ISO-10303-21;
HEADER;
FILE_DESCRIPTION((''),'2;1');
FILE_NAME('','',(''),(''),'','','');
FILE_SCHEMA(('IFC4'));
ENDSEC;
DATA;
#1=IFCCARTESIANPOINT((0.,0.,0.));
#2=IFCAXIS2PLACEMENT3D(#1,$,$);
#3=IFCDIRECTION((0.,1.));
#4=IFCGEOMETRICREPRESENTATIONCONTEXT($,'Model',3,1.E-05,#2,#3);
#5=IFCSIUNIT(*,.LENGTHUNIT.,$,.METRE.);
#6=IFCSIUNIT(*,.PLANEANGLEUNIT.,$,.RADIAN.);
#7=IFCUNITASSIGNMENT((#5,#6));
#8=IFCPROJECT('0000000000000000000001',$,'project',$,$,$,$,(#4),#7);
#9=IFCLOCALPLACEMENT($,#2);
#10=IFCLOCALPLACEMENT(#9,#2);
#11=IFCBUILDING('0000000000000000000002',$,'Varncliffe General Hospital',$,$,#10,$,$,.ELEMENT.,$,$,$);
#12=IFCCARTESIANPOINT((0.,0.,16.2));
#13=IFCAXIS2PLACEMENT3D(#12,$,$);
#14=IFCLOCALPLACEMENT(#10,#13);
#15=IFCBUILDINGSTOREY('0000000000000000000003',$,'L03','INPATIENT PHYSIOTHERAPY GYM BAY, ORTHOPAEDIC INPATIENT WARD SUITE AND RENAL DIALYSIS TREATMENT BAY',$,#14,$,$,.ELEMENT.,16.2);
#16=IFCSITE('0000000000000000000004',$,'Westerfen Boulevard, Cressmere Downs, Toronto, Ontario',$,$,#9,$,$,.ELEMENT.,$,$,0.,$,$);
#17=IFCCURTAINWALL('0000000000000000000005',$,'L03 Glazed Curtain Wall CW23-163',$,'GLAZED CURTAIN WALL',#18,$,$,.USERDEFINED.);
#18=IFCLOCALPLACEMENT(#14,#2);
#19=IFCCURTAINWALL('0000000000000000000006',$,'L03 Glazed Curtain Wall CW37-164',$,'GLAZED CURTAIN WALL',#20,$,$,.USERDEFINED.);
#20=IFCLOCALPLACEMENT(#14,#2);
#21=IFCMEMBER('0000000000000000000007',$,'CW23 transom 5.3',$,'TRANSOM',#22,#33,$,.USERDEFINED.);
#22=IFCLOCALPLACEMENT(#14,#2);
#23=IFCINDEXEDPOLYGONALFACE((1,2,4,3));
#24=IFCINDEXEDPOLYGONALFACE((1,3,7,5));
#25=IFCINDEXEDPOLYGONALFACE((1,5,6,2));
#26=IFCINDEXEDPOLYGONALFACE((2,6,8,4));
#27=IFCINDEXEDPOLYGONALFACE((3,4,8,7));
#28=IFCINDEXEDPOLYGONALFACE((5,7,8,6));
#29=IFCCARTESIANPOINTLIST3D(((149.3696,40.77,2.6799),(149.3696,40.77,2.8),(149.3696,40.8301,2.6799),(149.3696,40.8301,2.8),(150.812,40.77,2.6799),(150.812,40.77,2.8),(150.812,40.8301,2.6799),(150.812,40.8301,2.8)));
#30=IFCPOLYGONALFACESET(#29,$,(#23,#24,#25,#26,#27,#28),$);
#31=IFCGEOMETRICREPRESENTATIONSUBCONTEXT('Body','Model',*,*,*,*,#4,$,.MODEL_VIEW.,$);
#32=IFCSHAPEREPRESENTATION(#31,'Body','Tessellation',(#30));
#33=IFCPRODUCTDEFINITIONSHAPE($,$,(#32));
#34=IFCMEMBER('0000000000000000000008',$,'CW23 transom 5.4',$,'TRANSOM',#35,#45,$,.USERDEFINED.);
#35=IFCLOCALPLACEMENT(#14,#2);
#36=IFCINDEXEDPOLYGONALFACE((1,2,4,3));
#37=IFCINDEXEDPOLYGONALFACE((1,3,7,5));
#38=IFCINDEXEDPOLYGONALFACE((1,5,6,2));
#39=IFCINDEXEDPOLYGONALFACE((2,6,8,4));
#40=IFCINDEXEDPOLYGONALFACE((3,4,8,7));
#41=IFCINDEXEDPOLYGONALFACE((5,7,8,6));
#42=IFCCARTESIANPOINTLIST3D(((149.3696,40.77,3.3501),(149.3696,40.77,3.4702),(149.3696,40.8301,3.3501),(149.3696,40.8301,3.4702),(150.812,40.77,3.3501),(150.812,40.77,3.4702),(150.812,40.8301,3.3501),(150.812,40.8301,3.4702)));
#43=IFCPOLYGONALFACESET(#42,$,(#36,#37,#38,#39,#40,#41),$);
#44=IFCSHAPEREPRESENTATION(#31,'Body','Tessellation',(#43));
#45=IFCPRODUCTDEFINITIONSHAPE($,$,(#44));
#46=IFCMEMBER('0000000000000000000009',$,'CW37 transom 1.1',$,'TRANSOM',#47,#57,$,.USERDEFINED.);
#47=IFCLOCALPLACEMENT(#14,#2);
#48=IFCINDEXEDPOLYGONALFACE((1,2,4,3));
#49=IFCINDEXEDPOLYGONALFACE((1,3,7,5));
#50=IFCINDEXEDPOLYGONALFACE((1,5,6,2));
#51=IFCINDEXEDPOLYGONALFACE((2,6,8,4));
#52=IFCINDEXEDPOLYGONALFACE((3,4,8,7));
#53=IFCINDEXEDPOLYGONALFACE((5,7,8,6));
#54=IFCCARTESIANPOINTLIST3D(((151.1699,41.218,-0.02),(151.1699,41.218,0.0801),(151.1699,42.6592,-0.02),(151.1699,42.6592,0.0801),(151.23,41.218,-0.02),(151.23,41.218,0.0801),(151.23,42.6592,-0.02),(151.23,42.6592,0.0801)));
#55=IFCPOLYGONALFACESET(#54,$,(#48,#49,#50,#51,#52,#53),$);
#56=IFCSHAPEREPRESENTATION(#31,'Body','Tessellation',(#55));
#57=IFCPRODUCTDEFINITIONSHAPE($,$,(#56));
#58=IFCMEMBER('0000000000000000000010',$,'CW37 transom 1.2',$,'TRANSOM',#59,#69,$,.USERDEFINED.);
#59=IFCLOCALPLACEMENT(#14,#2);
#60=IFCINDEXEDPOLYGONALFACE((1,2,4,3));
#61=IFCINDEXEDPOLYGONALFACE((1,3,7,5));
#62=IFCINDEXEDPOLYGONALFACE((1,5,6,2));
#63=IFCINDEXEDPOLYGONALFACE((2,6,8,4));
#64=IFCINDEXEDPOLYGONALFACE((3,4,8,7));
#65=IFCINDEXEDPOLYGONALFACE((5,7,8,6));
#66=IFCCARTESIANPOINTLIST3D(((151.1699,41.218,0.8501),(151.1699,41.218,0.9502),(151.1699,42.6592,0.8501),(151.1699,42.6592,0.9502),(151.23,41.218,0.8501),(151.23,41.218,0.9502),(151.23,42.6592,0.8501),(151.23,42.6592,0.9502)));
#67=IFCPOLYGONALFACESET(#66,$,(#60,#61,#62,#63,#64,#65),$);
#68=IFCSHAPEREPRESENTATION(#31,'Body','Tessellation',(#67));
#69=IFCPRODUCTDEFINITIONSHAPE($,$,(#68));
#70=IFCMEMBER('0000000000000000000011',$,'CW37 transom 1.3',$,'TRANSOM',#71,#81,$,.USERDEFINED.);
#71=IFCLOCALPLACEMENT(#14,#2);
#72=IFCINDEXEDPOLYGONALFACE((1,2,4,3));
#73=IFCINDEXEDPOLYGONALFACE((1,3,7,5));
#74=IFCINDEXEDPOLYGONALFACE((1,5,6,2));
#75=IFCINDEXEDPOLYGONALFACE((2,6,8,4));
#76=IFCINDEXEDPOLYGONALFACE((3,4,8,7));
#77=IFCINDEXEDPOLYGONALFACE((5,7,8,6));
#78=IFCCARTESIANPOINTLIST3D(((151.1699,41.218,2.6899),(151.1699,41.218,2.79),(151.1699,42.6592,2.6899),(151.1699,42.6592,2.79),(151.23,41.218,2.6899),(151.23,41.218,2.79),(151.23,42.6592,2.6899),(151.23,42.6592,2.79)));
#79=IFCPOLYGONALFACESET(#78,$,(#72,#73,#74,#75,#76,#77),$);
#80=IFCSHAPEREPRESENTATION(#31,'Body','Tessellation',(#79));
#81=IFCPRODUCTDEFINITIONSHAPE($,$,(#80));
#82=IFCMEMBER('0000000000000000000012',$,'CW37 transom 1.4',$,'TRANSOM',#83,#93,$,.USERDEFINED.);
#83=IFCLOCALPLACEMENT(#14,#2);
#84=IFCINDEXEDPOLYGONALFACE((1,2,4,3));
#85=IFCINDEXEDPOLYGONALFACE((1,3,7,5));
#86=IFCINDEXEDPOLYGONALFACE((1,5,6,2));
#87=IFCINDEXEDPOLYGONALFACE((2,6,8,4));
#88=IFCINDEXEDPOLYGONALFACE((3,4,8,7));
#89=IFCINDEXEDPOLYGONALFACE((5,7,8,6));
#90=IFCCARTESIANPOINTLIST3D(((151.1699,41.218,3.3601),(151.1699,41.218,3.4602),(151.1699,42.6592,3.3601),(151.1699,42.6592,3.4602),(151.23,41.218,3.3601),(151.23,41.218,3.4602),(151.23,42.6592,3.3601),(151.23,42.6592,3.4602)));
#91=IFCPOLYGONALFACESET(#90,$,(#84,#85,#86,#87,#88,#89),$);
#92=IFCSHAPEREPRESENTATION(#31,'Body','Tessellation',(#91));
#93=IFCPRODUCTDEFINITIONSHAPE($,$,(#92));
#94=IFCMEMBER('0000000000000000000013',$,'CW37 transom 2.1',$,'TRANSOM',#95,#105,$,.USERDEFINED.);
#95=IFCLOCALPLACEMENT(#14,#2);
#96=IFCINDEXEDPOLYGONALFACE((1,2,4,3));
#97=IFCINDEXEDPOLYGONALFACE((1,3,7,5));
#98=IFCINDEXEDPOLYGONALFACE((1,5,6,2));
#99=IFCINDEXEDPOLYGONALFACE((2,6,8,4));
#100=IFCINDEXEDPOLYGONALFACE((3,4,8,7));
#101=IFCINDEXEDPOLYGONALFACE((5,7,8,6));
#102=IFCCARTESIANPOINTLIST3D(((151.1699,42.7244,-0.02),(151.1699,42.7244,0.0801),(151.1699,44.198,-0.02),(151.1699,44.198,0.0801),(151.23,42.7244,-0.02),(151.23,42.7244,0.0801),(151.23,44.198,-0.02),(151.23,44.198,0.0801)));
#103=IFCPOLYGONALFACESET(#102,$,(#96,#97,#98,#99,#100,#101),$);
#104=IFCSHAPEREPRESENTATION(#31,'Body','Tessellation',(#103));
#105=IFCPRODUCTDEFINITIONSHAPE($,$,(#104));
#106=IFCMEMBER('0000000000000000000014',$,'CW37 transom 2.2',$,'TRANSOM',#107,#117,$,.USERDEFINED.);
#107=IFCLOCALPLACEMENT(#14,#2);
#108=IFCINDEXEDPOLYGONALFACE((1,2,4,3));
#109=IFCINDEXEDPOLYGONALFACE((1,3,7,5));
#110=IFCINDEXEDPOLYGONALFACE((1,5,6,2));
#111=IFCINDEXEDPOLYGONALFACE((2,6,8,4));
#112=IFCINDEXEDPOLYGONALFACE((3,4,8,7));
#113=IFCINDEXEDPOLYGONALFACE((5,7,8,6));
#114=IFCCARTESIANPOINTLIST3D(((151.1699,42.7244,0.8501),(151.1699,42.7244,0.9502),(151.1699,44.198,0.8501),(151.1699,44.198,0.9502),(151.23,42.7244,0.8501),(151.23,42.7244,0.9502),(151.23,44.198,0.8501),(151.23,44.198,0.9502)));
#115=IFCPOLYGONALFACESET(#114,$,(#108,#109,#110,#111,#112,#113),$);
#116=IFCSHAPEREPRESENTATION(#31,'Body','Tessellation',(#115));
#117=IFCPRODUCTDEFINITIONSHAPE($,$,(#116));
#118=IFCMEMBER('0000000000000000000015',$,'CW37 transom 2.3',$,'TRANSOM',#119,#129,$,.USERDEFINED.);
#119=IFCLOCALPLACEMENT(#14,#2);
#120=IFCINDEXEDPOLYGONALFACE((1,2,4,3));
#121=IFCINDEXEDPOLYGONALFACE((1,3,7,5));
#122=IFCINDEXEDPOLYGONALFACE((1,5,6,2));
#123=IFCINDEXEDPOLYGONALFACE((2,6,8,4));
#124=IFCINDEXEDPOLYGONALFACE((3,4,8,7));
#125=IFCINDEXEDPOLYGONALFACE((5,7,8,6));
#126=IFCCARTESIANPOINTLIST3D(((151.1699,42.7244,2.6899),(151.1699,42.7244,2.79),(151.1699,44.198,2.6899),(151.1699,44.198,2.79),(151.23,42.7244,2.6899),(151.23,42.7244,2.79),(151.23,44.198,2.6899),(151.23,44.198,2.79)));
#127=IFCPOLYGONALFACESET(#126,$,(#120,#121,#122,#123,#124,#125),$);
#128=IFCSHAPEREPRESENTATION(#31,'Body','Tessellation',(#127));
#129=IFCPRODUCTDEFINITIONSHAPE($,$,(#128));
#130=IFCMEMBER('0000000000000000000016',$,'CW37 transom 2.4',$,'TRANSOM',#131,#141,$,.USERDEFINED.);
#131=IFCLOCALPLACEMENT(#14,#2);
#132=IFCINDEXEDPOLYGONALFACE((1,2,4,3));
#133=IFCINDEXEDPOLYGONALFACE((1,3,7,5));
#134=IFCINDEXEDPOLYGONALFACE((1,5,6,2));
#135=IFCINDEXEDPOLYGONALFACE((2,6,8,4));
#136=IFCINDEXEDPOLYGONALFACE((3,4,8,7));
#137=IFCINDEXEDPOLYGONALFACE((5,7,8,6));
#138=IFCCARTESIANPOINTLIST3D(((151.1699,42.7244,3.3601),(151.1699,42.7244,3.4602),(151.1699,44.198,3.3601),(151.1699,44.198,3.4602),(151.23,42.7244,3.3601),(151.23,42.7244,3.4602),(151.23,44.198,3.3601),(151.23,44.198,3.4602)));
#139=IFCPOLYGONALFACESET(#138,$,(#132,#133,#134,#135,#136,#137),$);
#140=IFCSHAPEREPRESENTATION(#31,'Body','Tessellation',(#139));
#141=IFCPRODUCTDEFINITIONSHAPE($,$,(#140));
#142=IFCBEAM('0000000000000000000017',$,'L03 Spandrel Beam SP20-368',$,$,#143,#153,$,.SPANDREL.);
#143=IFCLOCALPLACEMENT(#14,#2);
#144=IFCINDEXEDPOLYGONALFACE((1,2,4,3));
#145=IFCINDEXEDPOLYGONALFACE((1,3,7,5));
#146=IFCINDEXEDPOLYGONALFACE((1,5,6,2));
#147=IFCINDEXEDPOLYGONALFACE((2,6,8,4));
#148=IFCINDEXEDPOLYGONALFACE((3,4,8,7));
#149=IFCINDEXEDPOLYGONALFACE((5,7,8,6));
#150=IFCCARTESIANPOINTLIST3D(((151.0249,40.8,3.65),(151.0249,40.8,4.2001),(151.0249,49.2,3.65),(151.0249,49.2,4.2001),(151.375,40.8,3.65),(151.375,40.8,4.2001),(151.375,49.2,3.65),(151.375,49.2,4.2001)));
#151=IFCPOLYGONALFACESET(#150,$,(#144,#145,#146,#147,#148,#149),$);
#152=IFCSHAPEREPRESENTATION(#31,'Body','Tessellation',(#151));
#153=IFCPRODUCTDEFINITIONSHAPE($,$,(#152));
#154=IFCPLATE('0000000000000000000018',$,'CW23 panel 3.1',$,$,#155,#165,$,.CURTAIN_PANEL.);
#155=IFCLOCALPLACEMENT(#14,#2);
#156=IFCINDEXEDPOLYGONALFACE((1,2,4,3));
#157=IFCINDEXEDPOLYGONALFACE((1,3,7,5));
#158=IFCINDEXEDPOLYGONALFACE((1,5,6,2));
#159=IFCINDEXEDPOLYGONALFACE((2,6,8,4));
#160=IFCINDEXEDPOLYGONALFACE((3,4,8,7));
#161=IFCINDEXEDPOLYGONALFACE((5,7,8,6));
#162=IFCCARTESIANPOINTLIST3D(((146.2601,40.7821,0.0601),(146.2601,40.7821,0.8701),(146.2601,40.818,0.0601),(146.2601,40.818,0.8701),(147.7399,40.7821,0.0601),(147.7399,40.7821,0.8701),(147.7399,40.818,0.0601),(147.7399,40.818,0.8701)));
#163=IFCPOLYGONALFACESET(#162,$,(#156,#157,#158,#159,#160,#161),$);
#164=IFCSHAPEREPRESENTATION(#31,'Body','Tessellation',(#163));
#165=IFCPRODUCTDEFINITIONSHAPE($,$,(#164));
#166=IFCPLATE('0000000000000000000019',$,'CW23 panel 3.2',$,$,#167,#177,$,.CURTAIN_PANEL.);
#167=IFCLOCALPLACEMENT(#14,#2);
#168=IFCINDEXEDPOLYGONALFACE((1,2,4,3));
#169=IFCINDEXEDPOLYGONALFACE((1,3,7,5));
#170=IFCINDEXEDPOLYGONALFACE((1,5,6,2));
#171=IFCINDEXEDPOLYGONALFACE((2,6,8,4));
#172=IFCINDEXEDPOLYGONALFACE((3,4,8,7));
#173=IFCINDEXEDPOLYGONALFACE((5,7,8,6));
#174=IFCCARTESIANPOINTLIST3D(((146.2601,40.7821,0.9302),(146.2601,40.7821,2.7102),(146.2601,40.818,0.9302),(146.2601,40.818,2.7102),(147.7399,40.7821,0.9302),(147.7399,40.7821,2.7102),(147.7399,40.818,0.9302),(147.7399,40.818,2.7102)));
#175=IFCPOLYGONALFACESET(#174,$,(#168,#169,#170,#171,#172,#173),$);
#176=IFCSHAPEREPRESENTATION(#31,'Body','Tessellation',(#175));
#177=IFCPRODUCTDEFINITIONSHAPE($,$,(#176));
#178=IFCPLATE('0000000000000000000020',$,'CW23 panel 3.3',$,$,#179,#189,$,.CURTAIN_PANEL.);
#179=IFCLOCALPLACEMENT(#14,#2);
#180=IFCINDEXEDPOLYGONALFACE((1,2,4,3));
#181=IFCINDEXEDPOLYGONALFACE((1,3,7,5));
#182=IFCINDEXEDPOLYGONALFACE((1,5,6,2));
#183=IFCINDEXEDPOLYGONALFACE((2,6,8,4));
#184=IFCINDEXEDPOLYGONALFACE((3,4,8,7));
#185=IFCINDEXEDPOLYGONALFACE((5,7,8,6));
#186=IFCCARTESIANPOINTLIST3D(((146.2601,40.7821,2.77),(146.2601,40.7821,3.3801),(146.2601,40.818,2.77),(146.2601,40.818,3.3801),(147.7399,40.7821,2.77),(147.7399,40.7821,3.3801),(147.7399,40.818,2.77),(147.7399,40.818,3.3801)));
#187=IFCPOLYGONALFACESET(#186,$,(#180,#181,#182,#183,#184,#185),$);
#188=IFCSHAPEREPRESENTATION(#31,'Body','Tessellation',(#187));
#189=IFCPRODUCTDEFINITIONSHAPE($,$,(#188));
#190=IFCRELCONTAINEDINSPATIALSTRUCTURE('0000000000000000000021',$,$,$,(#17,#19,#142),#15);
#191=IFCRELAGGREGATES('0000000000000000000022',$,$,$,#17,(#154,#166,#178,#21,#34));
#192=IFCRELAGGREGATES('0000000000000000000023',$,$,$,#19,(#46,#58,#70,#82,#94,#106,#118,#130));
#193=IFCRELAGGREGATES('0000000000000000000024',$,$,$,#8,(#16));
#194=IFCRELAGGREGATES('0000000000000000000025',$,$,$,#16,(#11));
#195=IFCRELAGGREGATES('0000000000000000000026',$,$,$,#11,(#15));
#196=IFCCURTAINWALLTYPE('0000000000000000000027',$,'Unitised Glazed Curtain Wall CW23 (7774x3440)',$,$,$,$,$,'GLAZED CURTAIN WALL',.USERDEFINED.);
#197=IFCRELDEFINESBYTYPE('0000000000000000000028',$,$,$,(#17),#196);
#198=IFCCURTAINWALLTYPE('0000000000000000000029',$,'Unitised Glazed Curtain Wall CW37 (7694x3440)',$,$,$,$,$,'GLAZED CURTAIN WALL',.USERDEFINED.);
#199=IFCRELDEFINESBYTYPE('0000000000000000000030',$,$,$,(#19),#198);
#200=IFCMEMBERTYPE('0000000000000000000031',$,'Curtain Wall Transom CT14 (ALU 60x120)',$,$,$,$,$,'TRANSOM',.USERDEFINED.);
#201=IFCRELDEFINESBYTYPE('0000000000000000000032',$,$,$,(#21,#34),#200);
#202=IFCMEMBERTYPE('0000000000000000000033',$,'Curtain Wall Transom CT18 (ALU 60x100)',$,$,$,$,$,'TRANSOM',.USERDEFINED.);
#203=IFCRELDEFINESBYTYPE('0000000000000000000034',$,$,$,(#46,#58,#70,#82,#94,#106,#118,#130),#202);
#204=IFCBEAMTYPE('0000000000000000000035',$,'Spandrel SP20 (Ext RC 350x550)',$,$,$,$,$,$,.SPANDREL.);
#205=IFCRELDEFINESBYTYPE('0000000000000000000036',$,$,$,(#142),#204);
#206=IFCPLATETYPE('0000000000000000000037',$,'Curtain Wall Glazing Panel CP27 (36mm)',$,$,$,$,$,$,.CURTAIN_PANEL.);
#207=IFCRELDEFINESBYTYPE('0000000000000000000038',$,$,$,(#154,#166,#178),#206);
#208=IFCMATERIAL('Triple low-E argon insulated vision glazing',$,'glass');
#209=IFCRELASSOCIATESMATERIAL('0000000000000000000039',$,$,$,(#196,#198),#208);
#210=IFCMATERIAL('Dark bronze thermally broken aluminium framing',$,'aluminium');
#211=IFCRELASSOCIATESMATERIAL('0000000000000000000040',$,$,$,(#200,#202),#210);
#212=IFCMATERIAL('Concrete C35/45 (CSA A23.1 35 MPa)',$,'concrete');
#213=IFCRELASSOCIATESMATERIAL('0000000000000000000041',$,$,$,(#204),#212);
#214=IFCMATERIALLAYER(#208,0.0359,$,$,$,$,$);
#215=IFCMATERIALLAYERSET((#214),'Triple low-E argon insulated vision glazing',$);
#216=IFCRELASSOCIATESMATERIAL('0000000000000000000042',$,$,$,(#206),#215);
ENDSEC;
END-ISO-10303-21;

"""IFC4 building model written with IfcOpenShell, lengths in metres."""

from ifc_helpers import new_model, si_unit, direction, frame, origin, origin_2d, place, context, subcontext, project, spatial, rectangle, extrude, material, layer, layer_set, material_profile, profile_set, type_object, element, aggregate, save


model = new_model("IFC4")

# Units and contexts
model_context = context("Model", 3, precision=1e-05, world=origin(), true_north=direction((0.0, 1.0)))
body_context = subcontext(model_context, "Body", "Model", "MODEL_VIEW")
ifc_project = project(units=[si_unit("LENGTHUNIT", "METRE"), si_unit("PLANEANGLEUNIT", "RADIAN")], contexts=[model_context])

# Site, building, storey
site_placement = place(None, origin())
site = spatial("IfcSite", under=ifc_project, at=site_placement, Name="Westerfen Boulevard, Cressmere Downs, Toronto, Ontario", CompositionType="ELEMENT", RefElevation=0.0)
building_placement = place(site_placement, origin())
building = spatial("IfcBuilding", under=site, at=building_placement, Name="Varncliffe General Hospital", CompositionType="ELEMENT")
storey_placement = place(building_placement, frame((0.0, 0.0, 16.2)))
storey = spatial("IfcBuildingStorey", under=building, at=storey_placement, Name="L03", Description="INPATIENT PHYSIOTHERAPY GYM BAY, ORTHOPAEDIC INPATIENT WARD SUITE AND RENAL DIALYSIS TREATMENT BAY", CompositionType="ELEMENT", Elevation=16.2)

# Shared definitions
ifc_material_1 = material(Name="Concrete C35/45 (CSA A23.1 35 MPa)", Category="concrete")

# Curtain walls
ifc_material_2 = material(Name="Triple low-E argon insulated vision glazing", Category="glass")
curtain_wall_type_1 = type_object("IfcCurtainWallType", Name="Unitised Glazed Curtain Wall CW23 (7774x3440)", ElementType="GLAZED CURTAIN WALL", PredefinedType="USERDEFINED", material=ifc_material_2)
curtain_wall_1_placement = place(storey_placement, origin())
curtain_wall_1 = element("IfcCurtainWall", 1, at=curtain_wall_1_placement, inside=storey, type_object=curtain_wall_type_1, Name="L03 Glazed Curtain Wall CW23-163", ObjectType="GLAZED CURTAIN WALL", PredefinedType="USERDEFINED")
ifc_material_3 = material(Name="Dark bronze thermally broken aluminium framing", Category="aluminium")
curtain_wall_type_2 = type_object("IfcCurtainWallType", Name="Unitised Glazed Curtain Wall CW37 (7694x3440)", ElementType="GLAZED CURTAIN WALL", PredefinedType="USERDEFINED", material=ifc_material_2)
curtain_wall_2_placement = place(storey_placement, origin())
curtain_wall_2 = element("IfcCurtainWall", 2, at=curtain_wall_2_placement, inside=storey, type_object=curtain_wall_type_2, Name="L03 Glazed Curtain Wall CW37-164", ObjectType="GLAZED CURTAIN WALL", PredefinedType="USERDEFINED")

# Members
ifc_material_profile_1 = material_profile(ifc_material_3, rectangle(XDim=0.0601, YDim=0.1201, at=origin_2d()), Name="ALU 60x120")
ifc_profile_set_1 = profile_set([ifc_material_profile_1], Name="Dark bronze thermally broken aluminium framing")
member_type_1 = type_object("IfcMemberType", Name="Curtain Wall Transom CT14 (ALU 60x120)", ElementType="TRANSOM", PredefinedType="USERDEFINED", material=ifc_profile_set_1)
member_1_placement = place(storey_placement, frame((149.3696, 40.8, 2.74), z_axis=(1.0, 0.0, 0.0), x_axis=(0.0, 1.0, 0.0)))
member_1 = element("IfcMember", 3, at=member_1_placement, type_object=member_type_1, Name="CW23 transom 5.3", ObjectType="TRANSOM", PredefinedType="USERDEFINED", context=body_context, shape_type="SweptSolid", body=[
    extrude(rectangle(XDim=0.0601, YDim=0.1201, at=origin_2d()), origin(), (0.0, 0.0, 1.0), 1.4424),
])
member_2_placement = place(storey_placement, frame((149.3696, 40.8, 3.4102), z_axis=(1.0, 0.0, 0.0), x_axis=(0.0, 1.0, 0.0)))
member_2 = element("IfcMember", 4, at=member_2_placement, type_object=member_type_1, Name="CW23 transom 5.4", ObjectType="TRANSOM", PredefinedType="USERDEFINED", context=body_context, shape_type="SweptSolid", body=[
    extrude(rectangle(XDim=0.0601, YDim=0.1201, at=origin_2d()), origin(), (0.0, 0.0, 1.0), 1.4424),
])
ifc_material_profile_2 = material_profile(ifc_material_3, rectangle(XDim=0.0601, YDim=0.1001, at=origin_2d()), Name="ALU 60x100")
ifc_profile_set_2 = profile_set([ifc_material_profile_2], Name="Dark bronze thermally broken aluminium framing")
member_type_2 = type_object("IfcMemberType", Name="Curtain Wall Transom CT18 (ALU 60x100)", ElementType="TRANSOM", PredefinedType="USERDEFINED", material=ifc_profile_set_2)
member_3_placement = place(storey_placement, frame((151.2, 41.218, 0.03), z_axis=(0.0, 1.0, 0.0), x_axis=(-1.0, 0.0, 0.0)))
member_3 = element("IfcMember", 5, at=member_3_placement, type_object=member_type_2, Name="CW37 transom 1.1", ObjectType="TRANSOM", PredefinedType="USERDEFINED", context=body_context, shape_type="SweptSolid", body=[
    extrude(rectangle(XDim=0.0601, YDim=0.1001, at=origin_2d()), origin(), (0.0, 0.0, 1.0), 1.4412),
])
member_4_placement = place(storey_placement, frame((151.2, 41.218, 0.9001), z_axis=(0.0, 1.0, 0.0), x_axis=(-1.0, 0.0, 0.0)))
member_4 = element("IfcMember", 6, at=member_4_placement, type_object=member_type_2, Name="CW37 transom 1.2", ObjectType="TRANSOM", PredefinedType="USERDEFINED", context=body_context, shape_type="SweptSolid", body=[
    extrude(rectangle(XDim=0.0601, YDim=0.1001, at=origin_2d()), origin(), (0.0, 0.0, 1.0), 1.4412),
])
member_5_placement = place(storey_placement, frame((151.2, 41.218, 2.74), z_axis=(0.0, 1.0, 0.0), x_axis=(-1.0, 0.0, 0.0)))
member_5 = element("IfcMember", 7, at=member_5_placement, type_object=member_type_2, Name="CW37 transom 1.3", ObjectType="TRANSOM", PredefinedType="USERDEFINED", context=body_context, shape_type="SweptSolid", body=[
    extrude(rectangle(XDim=0.0601, YDim=0.1001, at=origin_2d()), origin(), (0.0, 0.0, 1.0), 1.4412),
])
member_6_placement = place(storey_placement, frame((151.2, 41.218, 3.4102), z_axis=(0.0, 1.0, 0.0), x_axis=(-1.0, 0.0, 0.0)))
member_6 = element("IfcMember", 8, at=member_6_placement, type_object=member_type_2, Name="CW37 transom 1.4", ObjectType="TRANSOM", PredefinedType="USERDEFINED", context=body_context, shape_type="SweptSolid", body=[
    extrude(rectangle(XDim=0.0601, YDim=0.1001, at=origin_2d()), origin(), (0.0, 0.0, 1.0), 1.4412),
])
member_7_placement = place(storey_placement, frame((151.2, 42.7244, 0.03), z_axis=(0.0, 1.0, 0.0), x_axis=(-1.0, 0.0, 0.0)))
member_7 = element("IfcMember", 9, at=member_7_placement, type_object=member_type_2, Name="CW37 transom 2.1", ObjectType="TRANSOM", PredefinedType="USERDEFINED", context=body_context, shape_type="SweptSolid", body=[
    extrude(rectangle(XDim=0.0601, YDim=0.1001, at=origin_2d()), origin(), (0.0, 0.0, 1.0), 1.4736),
])
member_8_placement = place(storey_placement, frame((151.2, 42.7244, 0.9001), z_axis=(0.0, 1.0, 0.0), x_axis=(-1.0, 0.0, 0.0)))
member_8 = element("IfcMember", 10, at=member_8_placement, type_object=member_type_2, Name="CW37 transom 2.2", ObjectType="TRANSOM", PredefinedType="USERDEFINED", context=body_context, shape_type="SweptSolid", body=[
    extrude(rectangle(XDim=0.0601, YDim=0.1001, at=origin_2d()), origin(), (0.0, 0.0, 1.0), 1.4736),
])
member_9_placement = place(storey_placement, frame((151.2, 42.7244, 2.74), z_axis=(0.0, 1.0, 0.0), x_axis=(-1.0, 0.0, 0.0)))
member_9 = element("IfcMember", 11, at=member_9_placement, type_object=member_type_2, Name="CW37 transom 2.3", ObjectType="TRANSOM", PredefinedType="USERDEFINED", context=body_context, shape_type="SweptSolid", body=[
    extrude(rectangle(XDim=0.0601, YDim=0.1001, at=origin_2d()), origin(), (0.0, 0.0, 1.0), 1.4736),
])
member_10_placement = place(storey_placement, frame((151.2, 42.7244, 3.4102), z_axis=(0.0, 1.0, 0.0), x_axis=(-1.0, 0.0, 0.0)))
member_10 = element("IfcMember", 12, at=member_10_placement, type_object=member_type_2, Name="CW37 transom 2.4", ObjectType="TRANSOM", PredefinedType="USERDEFINED", context=body_context, shape_type="SweptSolid", body=[
    extrude(rectangle(XDim=0.0601, YDim=0.1001, at=origin_2d()), origin(), (0.0, 0.0, 1.0), 1.4736),
])

# Beam
ifc_material_profile_3 = material_profile(ifc_material_1, rectangle(XDim=0.3501, YDim=0.55, at=origin_2d()), Name="RC 350x550")
ifc_profile_set_3 = profile_set([ifc_material_profile_3], Name="Concrete C35/45 (CSA A23.1 35 MPa)")
beam_type_1 = type_object("IfcBeamType", Name="Spandrel SP20 (Ext RC 350x550)", PredefinedType="SPANDREL", material=ifc_profile_set_3)
beam_1_placement = place(storey_placement, frame((151.2, 40.8, 3.925), z_axis=(0.0, 1.0, 0.0), x_axis=(-1.0, 0.0, 0.0)))
element("IfcBeam", 13, at=beam_1_placement, inside=storey, type_object=beam_type_1, Name="L03 Spandrel Beam SP20-368", PredefinedType="SPANDREL", context=body_context, shape_type="SweptSolid", body=[
    extrude(rectangle(XDim=0.3501, YDim=0.55, at=origin_2d()), origin(), (0.0, 0.0, 1.0), 8.3999),
])

# Plates
ifc_layer_1 = layer(ifc_material_2, 0.0359)
ifc_layer_set_1 = layer_set([ifc_layer_1], Name="Triple low-E argon insulated vision glazing")
plate_type_1 = type_object("IfcPlateType", Name="Curtain Wall Glazing Panel CP27 (36mm)", PredefinedType="CURTAIN_PANEL", material=ifc_layer_set_1)
plate_1_placement = place(storey_placement, frame((147.0, 40.8, 0.0601), z_axis=(0.0, 0.0, 1.0), x_axis=(1.0, 0.0, 0.0)))
plate_1 = element("IfcPlate", 14, at=plate_1_placement, type_object=plate_type_1, Name="CW23 panel 3.1", PredefinedType="CURTAIN_PANEL", context=body_context, shape_type="SweptSolid", body=[
    extrude(rectangle(XDim=1.4797, YDim=0.0359, at=origin_2d()), origin(), (0.0, 0.0, 1.0), 0.8101),
])
plate_2_placement = place(storey_placement, frame((147.0, 40.8, 0.9302), z_axis=(0.0, 0.0, 1.0), x_axis=(1.0, 0.0, 0.0)))
plate_2 = element("IfcPlate", 15, at=plate_2_placement, type_object=plate_type_1, Name="CW23 panel 3.2", PredefinedType="CURTAIN_PANEL", context=body_context, shape_type="SweptSolid", body=[
    extrude(rectangle(XDim=1.4797, YDim=0.0359, at=origin_2d()), origin(), (0.0, 0.0, 1.0), 1.78),
])
plate_3_placement = place(storey_placement, frame((147.0, 40.8, 2.77), z_axis=(0.0, 0.0, 1.0), x_axis=(1.0, 0.0, 0.0)))
plate_3 = element("IfcPlate", 16, at=plate_3_placement, type_object=plate_type_1, Name="CW23 panel 3.3", PredefinedType="CURTAIN_PANEL", context=body_context, shape_type="SweptSolid", body=[
    extrude(rectangle(XDim=1.4797, YDim=0.0359, at=origin_2d()), origin(), (0.0, 0.0, 1.0), 0.6101),
])
aggregate(curtain_wall_1, [plate_1, plate_2, plate_3, member_1, member_2])
aggregate(curtain_wall_2, [member_3, member_4, member_5, member_6, member_7, member_8, member_9, member_10])

save(model, "model.ifc")
